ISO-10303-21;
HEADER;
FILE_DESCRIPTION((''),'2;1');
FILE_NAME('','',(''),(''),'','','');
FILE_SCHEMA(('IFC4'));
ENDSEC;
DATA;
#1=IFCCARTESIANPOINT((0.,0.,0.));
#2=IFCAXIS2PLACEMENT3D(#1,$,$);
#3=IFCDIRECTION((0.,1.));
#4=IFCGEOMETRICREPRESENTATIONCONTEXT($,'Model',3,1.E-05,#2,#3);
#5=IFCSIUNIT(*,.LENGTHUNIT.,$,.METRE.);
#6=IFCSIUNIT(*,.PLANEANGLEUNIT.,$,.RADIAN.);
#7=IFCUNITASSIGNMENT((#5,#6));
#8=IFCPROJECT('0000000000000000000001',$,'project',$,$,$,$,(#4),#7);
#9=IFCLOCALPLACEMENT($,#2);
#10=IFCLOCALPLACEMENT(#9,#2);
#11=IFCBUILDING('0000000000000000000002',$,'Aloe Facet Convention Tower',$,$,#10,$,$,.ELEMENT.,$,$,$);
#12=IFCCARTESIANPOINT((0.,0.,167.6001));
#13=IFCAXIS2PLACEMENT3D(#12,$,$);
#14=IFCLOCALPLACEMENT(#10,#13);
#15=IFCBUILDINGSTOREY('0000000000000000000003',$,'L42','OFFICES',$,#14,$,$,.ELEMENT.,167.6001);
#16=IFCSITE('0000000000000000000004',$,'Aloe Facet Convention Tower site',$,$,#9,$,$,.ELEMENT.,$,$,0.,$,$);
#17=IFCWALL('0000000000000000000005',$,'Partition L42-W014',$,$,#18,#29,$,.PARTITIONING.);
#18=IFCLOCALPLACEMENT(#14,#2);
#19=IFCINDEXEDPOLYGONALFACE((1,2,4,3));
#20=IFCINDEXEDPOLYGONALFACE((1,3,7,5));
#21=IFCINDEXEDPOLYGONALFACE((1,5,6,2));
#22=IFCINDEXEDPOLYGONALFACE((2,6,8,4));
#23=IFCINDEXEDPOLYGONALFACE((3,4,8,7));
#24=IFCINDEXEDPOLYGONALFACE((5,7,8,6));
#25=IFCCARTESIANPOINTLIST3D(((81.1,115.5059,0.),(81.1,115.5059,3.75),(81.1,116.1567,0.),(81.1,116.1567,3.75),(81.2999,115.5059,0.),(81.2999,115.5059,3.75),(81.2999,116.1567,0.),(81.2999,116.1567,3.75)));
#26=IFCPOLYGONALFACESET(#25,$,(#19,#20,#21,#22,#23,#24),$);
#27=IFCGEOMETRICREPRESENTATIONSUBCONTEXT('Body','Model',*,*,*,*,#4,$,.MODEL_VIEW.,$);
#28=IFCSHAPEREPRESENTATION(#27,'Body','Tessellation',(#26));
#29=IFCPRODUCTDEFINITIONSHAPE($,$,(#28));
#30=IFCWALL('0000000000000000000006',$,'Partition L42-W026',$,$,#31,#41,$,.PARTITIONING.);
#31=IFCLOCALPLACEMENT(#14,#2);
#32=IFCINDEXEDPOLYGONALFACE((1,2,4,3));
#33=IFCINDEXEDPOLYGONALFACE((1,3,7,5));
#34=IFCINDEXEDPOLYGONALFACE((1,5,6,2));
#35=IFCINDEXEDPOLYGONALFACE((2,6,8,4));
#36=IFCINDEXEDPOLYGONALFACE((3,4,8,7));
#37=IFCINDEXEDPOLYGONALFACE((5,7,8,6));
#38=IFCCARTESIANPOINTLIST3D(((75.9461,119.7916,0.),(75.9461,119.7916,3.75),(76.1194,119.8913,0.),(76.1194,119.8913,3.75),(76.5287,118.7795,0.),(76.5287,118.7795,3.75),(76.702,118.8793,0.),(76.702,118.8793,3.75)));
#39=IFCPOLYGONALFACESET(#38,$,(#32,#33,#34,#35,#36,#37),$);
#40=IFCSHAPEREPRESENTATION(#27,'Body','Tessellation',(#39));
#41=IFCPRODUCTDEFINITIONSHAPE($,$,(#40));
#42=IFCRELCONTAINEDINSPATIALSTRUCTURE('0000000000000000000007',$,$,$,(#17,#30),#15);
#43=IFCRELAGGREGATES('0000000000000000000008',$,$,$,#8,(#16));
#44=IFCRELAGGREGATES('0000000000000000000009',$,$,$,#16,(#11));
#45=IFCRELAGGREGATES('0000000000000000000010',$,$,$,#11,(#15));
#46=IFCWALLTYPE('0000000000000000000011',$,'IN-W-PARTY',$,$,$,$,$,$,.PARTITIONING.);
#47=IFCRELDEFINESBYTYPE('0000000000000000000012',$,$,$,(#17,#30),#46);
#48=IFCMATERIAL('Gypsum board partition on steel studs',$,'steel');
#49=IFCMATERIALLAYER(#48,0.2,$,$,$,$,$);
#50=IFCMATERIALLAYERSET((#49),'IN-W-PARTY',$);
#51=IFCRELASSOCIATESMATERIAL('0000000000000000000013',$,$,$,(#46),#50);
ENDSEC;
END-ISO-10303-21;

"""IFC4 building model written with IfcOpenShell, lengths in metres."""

from ifc_helpers import new_model, si_unit, direction, frame, frame_2d, origin, place, context, subcontext, project, spatial, rectangle, extrude, material, layer, layer_set, type_object, element, save


model = new_model("IFC4")

# Units and contexts
model_context = context("Model", 3, precision=1e-05, world=origin(), true_north=direction((0.0, 1.0)))
body_context = subcontext(model_context, "Body", "Model", "MODEL_VIEW")
ifc_project = project(units=[si_unit("LENGTHUNIT", "METRE"), si_unit("PLANEANGLEUNIT", "RADIAN")], contexts=[model_context])

# Site, building, storey
site_placement = place(None, origin())
site = spatial("IfcSite", under=ifc_project, at=site_placement, Name="Aloe Facet Convention Tower site", CompositionType="ELEMENT", RefElevation=0.0)
building_placement = place(site_placement, origin())
building = spatial("IfcBuilding", under=site, at=building_placement, Name="Aloe Facet Convention Tower", CompositionType="ELEMENT")
storey_placement = place(building_placement, frame((0.0, 0.0, 167.6001)))
storey = spatial("IfcBuildingStorey", under=building, at=storey_placement, Name="L42", Description="OFFICES", CompositionType="ELEMENT", Elevation=167.6001)

# Walls
ifc_material_1 = material(Name="Gypsum board partition on steel studs", Category="steel")
ifc_layer_1 = layer(ifc_material_1, 0.2)
ifc_layer_set_1 = layer_set([ifc_layer_1], Name="IN-W-PARTY")
wall_type_1 = type_object("IfcWallType", Name="IN-W-PARTY", PredefinedType="PARTITIONING", material=ifc_layer_set_1)
wall_1_placement = place(storey_placement, frame((81.2, 115.5059, 0.0), z_axis=(0.0, 0.0, 1.0), x_axis=(0.0, 1.0, 0.0)))
element("IfcWall", 1, at=wall_1_placement, inside=storey, type_object=wall_type_1, Name="Partition L42-W014", PredefinedType="PARTITIONING", context=body_context, shape_type="SweptSolid", body=[
    extrude(rectangle(XDim=0.6509, YDim=0.2, at=frame_2d((0.3254, 0.0))), origin(), (0.0, 0.0, 1.0), 3.75),
])
wall_2_placement = place(storey_placement, frame((76.0327, 119.8416, 0.0), z_axis=(0.0, 0.0, 1.0), x_axis=(0.498884, -0.866669, 0.0)))
element("IfcWall", 2, at=wall_2_placement, inside=storey, type_object=wall_type_1, Name="Partition L42-W026", PredefinedType="PARTITIONING", context=body_context, shape_type="SweptSolid", body=[
    extrude(rectangle(XDim=1.1677, YDim=0.2, at=frame_2d((0.584, 0.0))), origin(), (0.0, 0.0, 1.0), 3.75),
])

save(model, "model.ifc")
